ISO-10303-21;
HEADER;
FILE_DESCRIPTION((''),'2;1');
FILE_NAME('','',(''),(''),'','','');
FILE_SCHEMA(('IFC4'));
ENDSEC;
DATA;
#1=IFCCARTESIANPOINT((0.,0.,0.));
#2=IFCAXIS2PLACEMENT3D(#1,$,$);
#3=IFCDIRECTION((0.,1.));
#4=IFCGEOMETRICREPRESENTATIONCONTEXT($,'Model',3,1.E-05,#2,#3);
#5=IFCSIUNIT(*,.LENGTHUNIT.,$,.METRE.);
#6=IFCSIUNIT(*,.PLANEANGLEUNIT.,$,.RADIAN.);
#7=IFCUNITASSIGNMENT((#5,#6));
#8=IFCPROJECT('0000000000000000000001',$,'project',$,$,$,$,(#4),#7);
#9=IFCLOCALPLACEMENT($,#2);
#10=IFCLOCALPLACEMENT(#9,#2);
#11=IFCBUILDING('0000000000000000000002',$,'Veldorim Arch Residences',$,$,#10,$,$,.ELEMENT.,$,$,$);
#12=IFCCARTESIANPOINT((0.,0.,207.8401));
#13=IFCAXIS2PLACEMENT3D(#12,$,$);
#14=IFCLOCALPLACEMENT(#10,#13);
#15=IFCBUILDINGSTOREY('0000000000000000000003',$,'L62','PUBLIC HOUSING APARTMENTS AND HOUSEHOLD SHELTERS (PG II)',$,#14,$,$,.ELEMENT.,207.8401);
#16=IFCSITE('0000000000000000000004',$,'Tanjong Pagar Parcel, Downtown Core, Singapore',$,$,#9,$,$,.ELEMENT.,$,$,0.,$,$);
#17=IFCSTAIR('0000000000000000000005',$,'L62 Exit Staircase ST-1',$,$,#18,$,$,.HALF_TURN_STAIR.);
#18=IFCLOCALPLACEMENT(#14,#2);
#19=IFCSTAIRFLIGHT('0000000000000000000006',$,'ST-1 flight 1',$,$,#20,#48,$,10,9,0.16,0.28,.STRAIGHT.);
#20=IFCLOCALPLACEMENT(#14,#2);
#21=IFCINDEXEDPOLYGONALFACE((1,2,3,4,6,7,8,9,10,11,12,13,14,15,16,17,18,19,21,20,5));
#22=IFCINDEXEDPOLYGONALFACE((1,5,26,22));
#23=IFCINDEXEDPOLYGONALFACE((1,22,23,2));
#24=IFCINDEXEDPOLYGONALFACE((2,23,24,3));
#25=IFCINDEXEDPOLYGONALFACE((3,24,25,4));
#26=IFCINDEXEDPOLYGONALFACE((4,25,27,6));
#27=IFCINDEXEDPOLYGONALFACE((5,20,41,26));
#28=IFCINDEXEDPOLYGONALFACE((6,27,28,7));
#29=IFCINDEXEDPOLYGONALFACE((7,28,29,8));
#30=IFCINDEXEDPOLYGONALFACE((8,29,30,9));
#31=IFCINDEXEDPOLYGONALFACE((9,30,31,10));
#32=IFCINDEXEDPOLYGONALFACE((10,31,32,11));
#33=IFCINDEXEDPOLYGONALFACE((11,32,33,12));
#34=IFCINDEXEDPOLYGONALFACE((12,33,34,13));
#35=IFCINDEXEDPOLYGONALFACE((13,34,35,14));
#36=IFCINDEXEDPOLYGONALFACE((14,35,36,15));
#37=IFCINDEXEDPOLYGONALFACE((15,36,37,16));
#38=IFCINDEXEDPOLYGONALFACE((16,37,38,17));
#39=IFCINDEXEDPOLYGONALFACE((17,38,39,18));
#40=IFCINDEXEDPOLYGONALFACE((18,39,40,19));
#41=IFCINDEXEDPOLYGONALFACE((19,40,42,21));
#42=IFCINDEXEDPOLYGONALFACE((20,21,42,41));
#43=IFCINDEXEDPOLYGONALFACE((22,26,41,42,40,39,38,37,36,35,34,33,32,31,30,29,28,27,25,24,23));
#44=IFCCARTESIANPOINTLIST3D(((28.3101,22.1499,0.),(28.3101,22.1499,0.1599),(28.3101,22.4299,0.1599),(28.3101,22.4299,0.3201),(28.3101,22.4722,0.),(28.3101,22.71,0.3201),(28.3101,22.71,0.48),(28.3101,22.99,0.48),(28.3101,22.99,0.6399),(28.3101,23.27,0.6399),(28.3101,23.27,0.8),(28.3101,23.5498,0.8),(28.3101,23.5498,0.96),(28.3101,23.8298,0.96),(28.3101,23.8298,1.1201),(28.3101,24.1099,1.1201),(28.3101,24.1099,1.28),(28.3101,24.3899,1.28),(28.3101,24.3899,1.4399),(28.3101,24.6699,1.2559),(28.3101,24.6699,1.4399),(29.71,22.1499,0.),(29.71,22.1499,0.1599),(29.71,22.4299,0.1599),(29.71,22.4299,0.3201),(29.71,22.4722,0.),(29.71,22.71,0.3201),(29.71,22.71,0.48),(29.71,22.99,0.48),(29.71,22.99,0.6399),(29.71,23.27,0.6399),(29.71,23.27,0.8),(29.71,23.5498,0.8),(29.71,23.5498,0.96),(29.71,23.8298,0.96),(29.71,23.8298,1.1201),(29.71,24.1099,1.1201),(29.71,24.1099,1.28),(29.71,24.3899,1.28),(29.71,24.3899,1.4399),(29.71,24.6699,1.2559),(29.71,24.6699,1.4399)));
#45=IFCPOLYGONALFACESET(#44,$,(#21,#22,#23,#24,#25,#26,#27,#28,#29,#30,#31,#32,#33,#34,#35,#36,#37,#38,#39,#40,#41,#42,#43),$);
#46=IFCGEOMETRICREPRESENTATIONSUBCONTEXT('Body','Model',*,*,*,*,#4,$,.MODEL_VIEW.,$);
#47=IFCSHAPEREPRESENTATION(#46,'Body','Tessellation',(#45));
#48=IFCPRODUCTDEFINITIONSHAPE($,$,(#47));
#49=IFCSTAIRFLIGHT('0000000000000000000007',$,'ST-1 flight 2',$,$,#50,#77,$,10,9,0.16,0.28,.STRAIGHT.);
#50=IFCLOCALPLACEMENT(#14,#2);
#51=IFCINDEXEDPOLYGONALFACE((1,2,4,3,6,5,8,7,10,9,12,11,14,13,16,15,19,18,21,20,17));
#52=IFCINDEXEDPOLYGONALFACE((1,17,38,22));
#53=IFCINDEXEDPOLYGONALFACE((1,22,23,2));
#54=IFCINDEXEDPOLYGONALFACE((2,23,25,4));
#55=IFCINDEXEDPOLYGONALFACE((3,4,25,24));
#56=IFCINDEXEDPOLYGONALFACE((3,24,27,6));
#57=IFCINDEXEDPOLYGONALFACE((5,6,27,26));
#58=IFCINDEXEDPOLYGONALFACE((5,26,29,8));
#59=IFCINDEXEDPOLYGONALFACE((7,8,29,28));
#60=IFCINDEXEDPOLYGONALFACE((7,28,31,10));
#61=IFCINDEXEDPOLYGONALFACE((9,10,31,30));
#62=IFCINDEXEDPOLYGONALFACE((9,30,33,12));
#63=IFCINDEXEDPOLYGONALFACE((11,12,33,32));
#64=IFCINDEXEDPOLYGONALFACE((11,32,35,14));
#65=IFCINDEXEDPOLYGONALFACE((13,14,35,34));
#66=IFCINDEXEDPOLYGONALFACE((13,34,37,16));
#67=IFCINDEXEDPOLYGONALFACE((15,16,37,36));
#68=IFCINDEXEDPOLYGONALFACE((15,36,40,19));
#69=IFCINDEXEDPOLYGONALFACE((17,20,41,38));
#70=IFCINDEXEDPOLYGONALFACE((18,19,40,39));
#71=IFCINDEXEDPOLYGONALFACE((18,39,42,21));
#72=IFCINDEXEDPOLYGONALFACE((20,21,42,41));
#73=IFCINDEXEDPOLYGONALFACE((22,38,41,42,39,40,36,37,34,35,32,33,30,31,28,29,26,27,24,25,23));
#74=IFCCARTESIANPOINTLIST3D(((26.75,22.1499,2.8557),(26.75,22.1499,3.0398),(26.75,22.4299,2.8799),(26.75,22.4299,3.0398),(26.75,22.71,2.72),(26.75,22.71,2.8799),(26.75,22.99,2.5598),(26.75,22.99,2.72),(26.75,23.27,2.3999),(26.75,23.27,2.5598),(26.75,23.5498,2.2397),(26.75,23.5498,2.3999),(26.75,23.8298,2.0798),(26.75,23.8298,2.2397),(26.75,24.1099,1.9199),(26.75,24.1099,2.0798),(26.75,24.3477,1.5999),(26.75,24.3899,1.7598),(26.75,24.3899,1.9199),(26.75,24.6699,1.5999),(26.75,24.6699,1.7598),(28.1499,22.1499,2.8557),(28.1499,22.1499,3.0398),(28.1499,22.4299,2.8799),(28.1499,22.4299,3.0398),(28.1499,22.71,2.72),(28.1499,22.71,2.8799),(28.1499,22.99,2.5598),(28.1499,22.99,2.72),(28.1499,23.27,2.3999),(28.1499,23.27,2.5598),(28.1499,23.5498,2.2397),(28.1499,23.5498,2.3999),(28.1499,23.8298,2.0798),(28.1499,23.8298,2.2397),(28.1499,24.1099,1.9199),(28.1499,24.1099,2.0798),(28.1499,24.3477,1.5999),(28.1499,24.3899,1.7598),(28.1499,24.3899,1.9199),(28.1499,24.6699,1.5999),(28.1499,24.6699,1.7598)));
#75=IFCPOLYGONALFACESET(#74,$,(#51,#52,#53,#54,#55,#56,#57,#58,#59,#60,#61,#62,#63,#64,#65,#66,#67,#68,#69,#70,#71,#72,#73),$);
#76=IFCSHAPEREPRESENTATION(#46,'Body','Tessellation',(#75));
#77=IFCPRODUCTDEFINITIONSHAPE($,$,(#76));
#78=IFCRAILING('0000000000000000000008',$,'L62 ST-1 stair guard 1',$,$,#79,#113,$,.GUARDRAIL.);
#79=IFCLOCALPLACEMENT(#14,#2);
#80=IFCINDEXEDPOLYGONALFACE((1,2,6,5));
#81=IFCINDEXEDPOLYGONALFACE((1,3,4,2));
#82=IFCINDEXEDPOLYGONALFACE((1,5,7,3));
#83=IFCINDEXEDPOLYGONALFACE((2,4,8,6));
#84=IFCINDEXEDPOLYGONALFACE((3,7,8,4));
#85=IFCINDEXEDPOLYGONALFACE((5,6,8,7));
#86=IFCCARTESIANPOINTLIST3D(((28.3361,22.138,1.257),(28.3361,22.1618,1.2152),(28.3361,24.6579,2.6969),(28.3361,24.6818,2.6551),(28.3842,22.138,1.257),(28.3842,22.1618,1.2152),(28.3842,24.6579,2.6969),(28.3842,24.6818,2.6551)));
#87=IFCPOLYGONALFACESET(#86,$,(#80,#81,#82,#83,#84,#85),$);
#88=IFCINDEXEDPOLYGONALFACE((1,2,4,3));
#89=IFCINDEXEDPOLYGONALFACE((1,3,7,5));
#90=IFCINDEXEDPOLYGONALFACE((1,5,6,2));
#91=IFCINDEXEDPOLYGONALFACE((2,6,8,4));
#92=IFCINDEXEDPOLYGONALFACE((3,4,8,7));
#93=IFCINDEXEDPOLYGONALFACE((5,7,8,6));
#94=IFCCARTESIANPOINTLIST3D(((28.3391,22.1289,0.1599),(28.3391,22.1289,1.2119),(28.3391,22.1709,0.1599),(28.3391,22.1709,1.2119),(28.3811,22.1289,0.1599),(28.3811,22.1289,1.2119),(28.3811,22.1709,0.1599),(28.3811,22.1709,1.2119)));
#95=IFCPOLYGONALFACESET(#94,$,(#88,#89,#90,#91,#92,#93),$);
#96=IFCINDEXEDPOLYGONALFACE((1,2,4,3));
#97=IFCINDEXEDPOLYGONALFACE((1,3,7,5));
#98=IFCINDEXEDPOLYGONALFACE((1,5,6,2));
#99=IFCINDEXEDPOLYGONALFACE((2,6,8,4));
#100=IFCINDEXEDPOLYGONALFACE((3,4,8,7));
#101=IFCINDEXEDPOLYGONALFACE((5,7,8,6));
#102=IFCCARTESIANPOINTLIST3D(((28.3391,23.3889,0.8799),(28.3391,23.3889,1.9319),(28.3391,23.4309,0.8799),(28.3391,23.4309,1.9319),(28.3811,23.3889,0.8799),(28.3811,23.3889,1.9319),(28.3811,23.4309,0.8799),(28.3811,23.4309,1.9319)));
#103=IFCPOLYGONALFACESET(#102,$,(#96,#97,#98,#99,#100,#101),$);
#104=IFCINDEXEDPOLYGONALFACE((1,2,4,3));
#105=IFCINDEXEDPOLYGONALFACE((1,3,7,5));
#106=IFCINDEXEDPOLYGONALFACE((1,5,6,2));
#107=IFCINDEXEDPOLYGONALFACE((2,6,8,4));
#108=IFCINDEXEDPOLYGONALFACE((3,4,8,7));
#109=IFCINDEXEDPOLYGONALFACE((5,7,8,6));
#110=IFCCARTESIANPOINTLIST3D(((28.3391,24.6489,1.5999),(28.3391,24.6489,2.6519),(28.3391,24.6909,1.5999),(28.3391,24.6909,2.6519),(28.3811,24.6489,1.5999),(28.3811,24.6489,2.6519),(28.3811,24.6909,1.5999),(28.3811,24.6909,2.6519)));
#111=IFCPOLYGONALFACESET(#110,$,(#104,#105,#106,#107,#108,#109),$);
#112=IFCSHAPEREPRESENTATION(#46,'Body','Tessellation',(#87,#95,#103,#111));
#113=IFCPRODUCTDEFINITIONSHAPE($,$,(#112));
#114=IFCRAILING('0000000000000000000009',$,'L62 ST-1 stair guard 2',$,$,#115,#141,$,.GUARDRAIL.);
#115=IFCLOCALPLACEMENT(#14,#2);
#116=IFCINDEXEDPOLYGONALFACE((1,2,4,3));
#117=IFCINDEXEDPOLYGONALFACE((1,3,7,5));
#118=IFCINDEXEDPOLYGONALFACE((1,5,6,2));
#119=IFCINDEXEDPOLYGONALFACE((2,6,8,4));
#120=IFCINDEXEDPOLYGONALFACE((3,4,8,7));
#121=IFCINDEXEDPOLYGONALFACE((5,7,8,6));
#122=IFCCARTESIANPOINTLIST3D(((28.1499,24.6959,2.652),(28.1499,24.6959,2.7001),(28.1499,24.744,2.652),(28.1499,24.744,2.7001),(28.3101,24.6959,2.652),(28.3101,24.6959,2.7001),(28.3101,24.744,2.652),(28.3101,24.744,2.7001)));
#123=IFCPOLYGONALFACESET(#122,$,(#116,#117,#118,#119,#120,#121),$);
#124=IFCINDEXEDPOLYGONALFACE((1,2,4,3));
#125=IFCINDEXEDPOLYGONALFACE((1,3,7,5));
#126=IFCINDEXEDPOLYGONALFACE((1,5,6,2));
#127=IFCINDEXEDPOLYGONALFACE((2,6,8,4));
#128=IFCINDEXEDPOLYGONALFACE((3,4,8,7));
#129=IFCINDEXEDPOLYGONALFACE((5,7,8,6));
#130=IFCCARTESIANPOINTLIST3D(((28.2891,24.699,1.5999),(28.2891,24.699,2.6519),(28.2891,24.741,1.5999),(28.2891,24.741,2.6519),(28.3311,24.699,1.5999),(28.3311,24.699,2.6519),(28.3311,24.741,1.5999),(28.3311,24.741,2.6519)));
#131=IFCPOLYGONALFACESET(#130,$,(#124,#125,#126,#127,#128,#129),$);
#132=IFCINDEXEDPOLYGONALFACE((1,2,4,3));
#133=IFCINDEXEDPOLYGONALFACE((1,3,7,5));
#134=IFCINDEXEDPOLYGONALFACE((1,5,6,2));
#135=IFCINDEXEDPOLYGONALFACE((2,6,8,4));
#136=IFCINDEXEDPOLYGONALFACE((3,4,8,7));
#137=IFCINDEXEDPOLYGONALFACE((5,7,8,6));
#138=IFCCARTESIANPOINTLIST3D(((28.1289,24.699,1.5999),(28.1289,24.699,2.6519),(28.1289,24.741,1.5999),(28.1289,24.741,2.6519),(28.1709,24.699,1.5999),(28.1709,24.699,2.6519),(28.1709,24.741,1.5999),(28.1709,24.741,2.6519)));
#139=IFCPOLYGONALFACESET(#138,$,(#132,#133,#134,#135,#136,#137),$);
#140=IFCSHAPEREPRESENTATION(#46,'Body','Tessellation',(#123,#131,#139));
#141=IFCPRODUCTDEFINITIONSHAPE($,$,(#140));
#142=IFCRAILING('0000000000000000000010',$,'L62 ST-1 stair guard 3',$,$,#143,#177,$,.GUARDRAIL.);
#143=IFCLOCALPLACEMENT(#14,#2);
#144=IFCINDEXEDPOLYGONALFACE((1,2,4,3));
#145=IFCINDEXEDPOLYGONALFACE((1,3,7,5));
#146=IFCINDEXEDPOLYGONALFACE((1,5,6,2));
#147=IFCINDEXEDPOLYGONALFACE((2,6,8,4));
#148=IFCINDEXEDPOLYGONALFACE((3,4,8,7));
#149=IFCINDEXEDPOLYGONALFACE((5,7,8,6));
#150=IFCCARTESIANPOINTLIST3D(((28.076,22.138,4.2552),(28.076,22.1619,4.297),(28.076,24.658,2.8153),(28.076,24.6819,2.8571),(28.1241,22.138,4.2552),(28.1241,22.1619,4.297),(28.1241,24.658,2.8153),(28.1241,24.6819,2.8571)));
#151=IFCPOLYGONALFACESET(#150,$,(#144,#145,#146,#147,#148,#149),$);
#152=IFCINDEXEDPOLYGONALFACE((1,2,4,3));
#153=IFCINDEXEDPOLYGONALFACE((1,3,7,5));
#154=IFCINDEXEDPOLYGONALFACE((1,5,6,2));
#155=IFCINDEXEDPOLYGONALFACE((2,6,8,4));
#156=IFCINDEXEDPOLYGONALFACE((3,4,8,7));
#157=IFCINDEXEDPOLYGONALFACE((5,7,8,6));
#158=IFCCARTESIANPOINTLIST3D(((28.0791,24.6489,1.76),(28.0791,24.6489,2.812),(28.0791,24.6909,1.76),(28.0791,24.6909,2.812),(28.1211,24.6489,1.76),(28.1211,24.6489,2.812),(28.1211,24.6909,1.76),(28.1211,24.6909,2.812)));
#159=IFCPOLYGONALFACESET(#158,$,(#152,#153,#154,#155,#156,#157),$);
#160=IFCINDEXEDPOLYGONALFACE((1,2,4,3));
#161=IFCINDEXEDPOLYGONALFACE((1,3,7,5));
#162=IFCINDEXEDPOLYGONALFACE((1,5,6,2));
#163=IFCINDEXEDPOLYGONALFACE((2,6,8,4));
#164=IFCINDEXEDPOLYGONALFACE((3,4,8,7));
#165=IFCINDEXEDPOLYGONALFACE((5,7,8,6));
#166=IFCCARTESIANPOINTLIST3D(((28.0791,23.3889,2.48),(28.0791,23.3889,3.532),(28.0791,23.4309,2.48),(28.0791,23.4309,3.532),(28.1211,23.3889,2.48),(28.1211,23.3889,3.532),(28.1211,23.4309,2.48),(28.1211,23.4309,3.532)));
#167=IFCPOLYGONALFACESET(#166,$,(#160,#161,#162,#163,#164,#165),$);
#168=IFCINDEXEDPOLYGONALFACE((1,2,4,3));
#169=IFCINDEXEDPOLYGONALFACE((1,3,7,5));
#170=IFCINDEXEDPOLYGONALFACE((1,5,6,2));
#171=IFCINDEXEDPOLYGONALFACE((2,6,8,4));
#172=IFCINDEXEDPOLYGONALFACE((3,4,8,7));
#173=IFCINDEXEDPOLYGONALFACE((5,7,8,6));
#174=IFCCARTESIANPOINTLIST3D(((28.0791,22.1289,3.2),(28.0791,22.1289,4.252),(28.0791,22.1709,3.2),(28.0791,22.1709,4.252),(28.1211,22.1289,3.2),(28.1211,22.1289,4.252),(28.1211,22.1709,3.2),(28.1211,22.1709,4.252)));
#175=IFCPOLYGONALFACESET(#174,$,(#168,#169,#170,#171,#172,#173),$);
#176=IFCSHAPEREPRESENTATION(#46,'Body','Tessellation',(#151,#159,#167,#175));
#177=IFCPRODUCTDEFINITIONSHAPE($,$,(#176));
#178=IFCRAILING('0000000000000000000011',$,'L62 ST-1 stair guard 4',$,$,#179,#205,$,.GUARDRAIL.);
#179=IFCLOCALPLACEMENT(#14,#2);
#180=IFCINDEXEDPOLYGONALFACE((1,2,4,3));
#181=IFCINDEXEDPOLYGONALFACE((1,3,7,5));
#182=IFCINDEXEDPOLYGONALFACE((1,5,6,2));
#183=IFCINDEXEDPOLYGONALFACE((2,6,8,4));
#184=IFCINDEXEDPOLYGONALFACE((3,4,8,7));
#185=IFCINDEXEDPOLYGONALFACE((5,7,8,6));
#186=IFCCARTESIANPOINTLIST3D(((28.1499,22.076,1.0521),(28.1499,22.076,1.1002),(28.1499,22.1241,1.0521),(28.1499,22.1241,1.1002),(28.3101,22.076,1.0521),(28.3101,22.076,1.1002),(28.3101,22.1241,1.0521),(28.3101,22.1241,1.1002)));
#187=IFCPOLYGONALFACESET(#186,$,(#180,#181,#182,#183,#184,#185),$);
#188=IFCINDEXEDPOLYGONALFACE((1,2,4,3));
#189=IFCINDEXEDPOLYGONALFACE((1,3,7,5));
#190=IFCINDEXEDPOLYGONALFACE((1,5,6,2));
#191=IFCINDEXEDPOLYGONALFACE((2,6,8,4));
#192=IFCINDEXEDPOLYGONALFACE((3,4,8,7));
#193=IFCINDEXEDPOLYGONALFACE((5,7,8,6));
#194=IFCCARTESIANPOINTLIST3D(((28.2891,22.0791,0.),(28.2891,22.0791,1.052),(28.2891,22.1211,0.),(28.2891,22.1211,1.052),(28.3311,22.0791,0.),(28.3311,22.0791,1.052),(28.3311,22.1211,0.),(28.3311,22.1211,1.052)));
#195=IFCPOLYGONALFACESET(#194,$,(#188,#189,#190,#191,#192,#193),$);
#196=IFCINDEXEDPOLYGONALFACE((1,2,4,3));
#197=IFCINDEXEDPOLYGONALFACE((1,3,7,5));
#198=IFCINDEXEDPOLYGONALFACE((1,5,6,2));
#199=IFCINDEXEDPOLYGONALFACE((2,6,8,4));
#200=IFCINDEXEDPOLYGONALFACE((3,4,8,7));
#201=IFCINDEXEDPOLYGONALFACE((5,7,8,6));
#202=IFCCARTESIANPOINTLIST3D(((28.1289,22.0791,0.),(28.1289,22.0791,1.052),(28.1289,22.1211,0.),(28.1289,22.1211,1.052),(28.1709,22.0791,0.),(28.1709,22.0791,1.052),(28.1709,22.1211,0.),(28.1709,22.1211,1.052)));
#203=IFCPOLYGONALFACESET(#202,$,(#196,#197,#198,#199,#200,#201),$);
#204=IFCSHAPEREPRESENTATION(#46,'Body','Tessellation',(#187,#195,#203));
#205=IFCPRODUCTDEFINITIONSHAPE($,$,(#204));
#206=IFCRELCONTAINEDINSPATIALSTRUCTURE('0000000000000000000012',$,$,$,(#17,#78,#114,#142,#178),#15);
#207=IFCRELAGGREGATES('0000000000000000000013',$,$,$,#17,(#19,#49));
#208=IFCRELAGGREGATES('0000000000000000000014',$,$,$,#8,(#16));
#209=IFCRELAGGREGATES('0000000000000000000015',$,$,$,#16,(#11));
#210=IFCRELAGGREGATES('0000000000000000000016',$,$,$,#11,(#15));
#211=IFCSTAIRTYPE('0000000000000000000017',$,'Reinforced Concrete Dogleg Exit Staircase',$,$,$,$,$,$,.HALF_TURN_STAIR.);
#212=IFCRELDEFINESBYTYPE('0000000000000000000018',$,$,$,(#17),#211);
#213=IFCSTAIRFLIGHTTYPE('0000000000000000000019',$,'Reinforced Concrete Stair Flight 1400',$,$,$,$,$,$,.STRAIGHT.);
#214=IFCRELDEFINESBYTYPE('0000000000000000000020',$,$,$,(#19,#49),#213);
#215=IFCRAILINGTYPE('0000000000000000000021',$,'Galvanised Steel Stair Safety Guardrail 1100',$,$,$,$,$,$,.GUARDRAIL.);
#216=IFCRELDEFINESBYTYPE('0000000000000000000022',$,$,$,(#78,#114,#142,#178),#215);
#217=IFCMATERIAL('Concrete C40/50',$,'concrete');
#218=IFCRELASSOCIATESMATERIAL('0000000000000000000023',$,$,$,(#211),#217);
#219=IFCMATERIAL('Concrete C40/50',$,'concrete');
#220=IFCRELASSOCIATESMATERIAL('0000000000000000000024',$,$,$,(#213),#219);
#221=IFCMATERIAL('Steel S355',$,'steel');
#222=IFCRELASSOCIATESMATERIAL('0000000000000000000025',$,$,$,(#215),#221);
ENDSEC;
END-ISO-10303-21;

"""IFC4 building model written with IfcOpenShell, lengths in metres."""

from ifc_helpers import new_model, si_unit, direction, frame, origin, origin_2d, place, context, subcontext, project, spatial, polyline, rectangle, outline, extrude, material, type_object, element, aggregate, save


model = new_model("IFC4")

# Units and contexts
model_context = context("Model", 3, precision=1e-05, world=origin(), true_north=direction((0.0, 1.0)))
body_context = subcontext(model_context, "Body", "Model", "MODEL_VIEW")
ifc_project = project(units=[si_unit("LENGTHUNIT", "METRE"), si_unit("PLANEANGLEUNIT", "RADIAN")], contexts=[model_context])

# Site, building, storey
site_placement = place(None, origin())
site = spatial("IfcSite", under=ifc_project, at=site_placement, Name="Tanjong Pagar Parcel, Downtown Core, Singapore", CompositionType="ELEMENT", RefElevation=0.0)
building_placement = place(site_placement, origin())
building = spatial("IfcBuilding", under=site, at=building_placement, Name="Veldorim Arch Residences", CompositionType="ELEMENT")
storey_placement = place(building_placement, frame((0.0, 0.0, 207.8401)))
storey = spatial("IfcBuildingStorey", under=building, at=storey_placement, Name="L62", Description="PUBLIC HOUSING APARTMENTS AND HOUSEHOLD SHELTERS (PG II)", CompositionType="ELEMENT", Elevation=207.8401)

# Stair, stair flights
ifc_material_1 = material(Name="Concrete C40/50", Category="concrete")
stair_type = type_object("IfcStairType", Name="Reinforced Concrete Dogleg Exit Staircase", PredefinedType="HALF_TURN_STAIR", material=ifc_material_1)
stair_placement = place(storey_placement, origin())
stair = element("IfcStair", 1, at=stair_placement, inside=storey, type_object=stair_type, Name="L62 Exit Staircase ST-1", PredefinedType="HALF_TURN_STAIR")
ifc_material_2 = material(Name="Concrete C40/50", Category="concrete")
stair_flight_type = type_object("IfcStairFlightType", Name="Reinforced Concrete Stair Flight 1400", PredefinedType="STRAIGHT", material=ifc_material_2)
stair_flight_1_placement = place(storey_placement, frame((29.01, 22.1499, 0.0), z_axis=(0.0, 0.0, 1.0), x_axis=(0.0, 1.0, 0.0)))
stair_flight_1 = element("IfcStairFlight", 2, at=stair_flight_1_placement, type_object=stair_flight_type, Name="ST-1 flight 1", NumberOfRisers=10, NumberOfTreads=9, PredefinedType="STRAIGHT", RiserHeight=0.16, TreadLength=0.28, context=body_context, shape_type="SweptSolid", body=[
    extrude(outline(polyline([(0.0, 0.0), (0.0, 0.1599), (0.28, 0.1599), (0.28, 0.3201), (0.5601, 0.3201), (0.5601, 0.48), (0.8401, 0.48), (0.8401, 0.6399), (1.1201, 0.6399), (1.1201, 0.8), (1.3999, 0.8), (1.3999, 0.96), (1.6799, 0.96), (1.6799, 1.1201), (1.96, 1.1201), (1.96, 1.28), (2.24, 1.28), (2.24, 1.4399), (2.52, 1.4399), (2.52, 1.6001), (2.52, 1.2559), (0.3223, 0.0), (0.0, 0.0)])), frame((0.0, 0.7, 0.0), z_axis=(0.0, -1.0, 0.0), x_axis=(1.0, 0.0, 0.0)), (0.0, 0.0, 1.0), 1.3999),
])
stair_flight_2_placement = place(storey_placement, frame((27.45, 24.6699, 1.5999), z_axis=(0.0, 0.0, 1.0), x_axis=(0.0, -1.0, 0.0)))
stair_flight_2 = element("IfcStairFlight", 3, at=stair_flight_2_placement, type_object=stair_flight_type, Name="ST-1 flight 2", NumberOfRisers=10, NumberOfTreads=9, PredefinedType="STRAIGHT", RiserHeight=0.16, TreadLength=0.28, context=body_context, shape_type="SweptSolid", body=[
    extrude(outline(polyline([(0.0, 0.0), (0.0, 0.1599), (0.28, 0.1599), (0.28, 0.3201), (0.5601, 0.3201), (0.5601, 0.48), (0.8401, 0.48), (0.8401, 0.6399), (1.1201, 0.6399), (1.1201, 0.8), (1.3999, 0.8), (1.3999, 0.96), (1.6799, 0.96), (1.6799, 1.1201), (1.96, 1.1201), (1.96, 1.28), (2.24, 1.28), (2.24, 1.4399), (2.52, 1.4399), (2.52, 1.6001), (2.52, 1.2559), (0.3223, 0.0), (0.0, 0.0)])), frame((0.0, 0.7, 0.0), z_axis=(0.0, -1.0, 0.0), x_axis=(1.0, 0.0, 0.0)), (0.0, 0.0, 1.0), 1.3999),
])
aggregate(stair, [stair_flight_1, stair_flight_2])

# Railings
ifc_material_3 = material(Name="Steel S355", Category="steel")
railing_type_1 = type_object("IfcRailingType", Name="Galvanised Steel Stair Safety Guardrail 1100", PredefinedType="GUARDRAIL", material=ifc_material_3)
railing_1_placement = place(storey_placement, frame((28.3601, 22.1499, 0.1599)))
element("IfcRailing", 4, at=railing_1_placement, inside=storey, type_object=railing_type_1, Name="L62 ST-1 stair guard 1", PredefinedType="GUARDRAIL", context=body_context, shape_type="SweptSolid", body=[
    extrude(rectangle(XDim=0.0481, YDim=0.0481, at=origin_2d()), frame((0.0, 0.0, 1.0762), z_axis=(0.0, 0.868253, 0.496121), x_axis=(-1.0, 0.0, 0.0)), (0.0, 0.0, 1.0), 2.9023),
    extrude(rectangle(XDim=0.042, YDim=0.042, at=origin_2d()), origin(), (0.0, 0.0, 1.0), 1.052),
    extrude(rectangle(XDim=0.042, YDim=0.042, at=origin_2d()), frame((0.0, 1.26, 0.72)), (0.0, 0.0, 1.0), 1.052),
    extrude(rectangle(XDim=0.042, YDim=0.042, at=origin_2d()), frame((0.0, 2.52, 1.4399)), (0.0, 0.0, 1.0), 1.052),
])
railing_2_placement = place(storey_placement, frame((28.3101, 24.72, 1.5999)))
element("IfcRailing", 5, at=railing_2_placement, inside=storey, type_object=railing_type_1, Name="L62 ST-1 stair guard 2", PredefinedType="GUARDRAIL", context=body_context, shape_type="SweptSolid", body=[
    extrude(rectangle(XDim=0.0481, YDim=0.0481, at=origin_2d()), frame((0.0, 0.0, 1.0762), z_axis=(-1.0, 0.0, 0.0), x_axis=(0.0, -1.0, 0.0)), (0.0, 0.0, 1.0), 0.1602),
    extrude(rectangle(XDim=0.042, YDim=0.042, at=origin_2d()), origin(), (0.0, 0.0, 1.0), 1.052),
    extrude(rectangle(XDim=0.042, YDim=0.042, at=origin_2d()), frame((-0.1602, 0.0, 0.0)), (0.0, 0.0, 1.0), 1.052),
])
railing_3_placement = place(storey_placement, frame((28.1001, 24.6699, 1.76)))
element("IfcRailing", 6, at=railing_3_placement, inside=storey, type_object=railing_type_1, Name="L62 ST-1 stair guard 3", PredefinedType="GUARDRAIL", context=body_context, shape_type="SweptSolid", body=[
    extrude(rectangle(XDim=0.0481, YDim=0.0481, at=origin_2d()), frame((0.0, 0.0, 1.0762), z_axis=(0.0, -0.868253, 0.496121), x_axis=(1.0, 0.0, 0.0)), (0.0, 0.0, 1.0), 2.9023),
    extrude(rectangle(XDim=0.042, YDim=0.042, at=origin_2d()), origin(), (0.0, 0.0, 1.0), 1.052),
    extrude(rectangle(XDim=0.042, YDim=0.042, at=origin_2d()), frame((0.0, -1.26, 0.72)), (0.0, 0.0, 1.0), 1.052),
    extrude(rectangle(XDim=0.042, YDim=0.042, at=origin_2d()), frame((0.0, -2.52, 1.4399)), (0.0, 0.0, 1.0), 1.052),
])
railing_4_placement = place(storey_placement, frame((28.3101, 22.1001, 0.0)))
element("IfcRailing", 7, at=railing_4_placement, inside=storey, type_object=railing_type_1, Name="L62 ST-1 stair guard 4", PredefinedType="GUARDRAIL", context=body_context, shape_type="SweptSolid", body=[
    extrude(rectangle(XDim=0.0481, YDim=0.0481, at=origin_2d()), frame((0.0, 0.0, 1.0762), z_axis=(-1.0, 0.0, 0.0), x_axis=(0.0, -1.0, 0.0)), (0.0, 0.0, 1.0), 0.1602),
    extrude(rectangle(XDim=0.042, YDim=0.042, at=origin_2d()), origin(), (0.0, 0.0, 1.0), 1.052),
    extrude(rectangle(XDim=0.042, YDim=0.042, at=origin_2d()), frame((-0.1602, 0.0, 0.0)), (0.0, 0.0, 1.0), 1.052),
])

save(model, "model.ifc")
